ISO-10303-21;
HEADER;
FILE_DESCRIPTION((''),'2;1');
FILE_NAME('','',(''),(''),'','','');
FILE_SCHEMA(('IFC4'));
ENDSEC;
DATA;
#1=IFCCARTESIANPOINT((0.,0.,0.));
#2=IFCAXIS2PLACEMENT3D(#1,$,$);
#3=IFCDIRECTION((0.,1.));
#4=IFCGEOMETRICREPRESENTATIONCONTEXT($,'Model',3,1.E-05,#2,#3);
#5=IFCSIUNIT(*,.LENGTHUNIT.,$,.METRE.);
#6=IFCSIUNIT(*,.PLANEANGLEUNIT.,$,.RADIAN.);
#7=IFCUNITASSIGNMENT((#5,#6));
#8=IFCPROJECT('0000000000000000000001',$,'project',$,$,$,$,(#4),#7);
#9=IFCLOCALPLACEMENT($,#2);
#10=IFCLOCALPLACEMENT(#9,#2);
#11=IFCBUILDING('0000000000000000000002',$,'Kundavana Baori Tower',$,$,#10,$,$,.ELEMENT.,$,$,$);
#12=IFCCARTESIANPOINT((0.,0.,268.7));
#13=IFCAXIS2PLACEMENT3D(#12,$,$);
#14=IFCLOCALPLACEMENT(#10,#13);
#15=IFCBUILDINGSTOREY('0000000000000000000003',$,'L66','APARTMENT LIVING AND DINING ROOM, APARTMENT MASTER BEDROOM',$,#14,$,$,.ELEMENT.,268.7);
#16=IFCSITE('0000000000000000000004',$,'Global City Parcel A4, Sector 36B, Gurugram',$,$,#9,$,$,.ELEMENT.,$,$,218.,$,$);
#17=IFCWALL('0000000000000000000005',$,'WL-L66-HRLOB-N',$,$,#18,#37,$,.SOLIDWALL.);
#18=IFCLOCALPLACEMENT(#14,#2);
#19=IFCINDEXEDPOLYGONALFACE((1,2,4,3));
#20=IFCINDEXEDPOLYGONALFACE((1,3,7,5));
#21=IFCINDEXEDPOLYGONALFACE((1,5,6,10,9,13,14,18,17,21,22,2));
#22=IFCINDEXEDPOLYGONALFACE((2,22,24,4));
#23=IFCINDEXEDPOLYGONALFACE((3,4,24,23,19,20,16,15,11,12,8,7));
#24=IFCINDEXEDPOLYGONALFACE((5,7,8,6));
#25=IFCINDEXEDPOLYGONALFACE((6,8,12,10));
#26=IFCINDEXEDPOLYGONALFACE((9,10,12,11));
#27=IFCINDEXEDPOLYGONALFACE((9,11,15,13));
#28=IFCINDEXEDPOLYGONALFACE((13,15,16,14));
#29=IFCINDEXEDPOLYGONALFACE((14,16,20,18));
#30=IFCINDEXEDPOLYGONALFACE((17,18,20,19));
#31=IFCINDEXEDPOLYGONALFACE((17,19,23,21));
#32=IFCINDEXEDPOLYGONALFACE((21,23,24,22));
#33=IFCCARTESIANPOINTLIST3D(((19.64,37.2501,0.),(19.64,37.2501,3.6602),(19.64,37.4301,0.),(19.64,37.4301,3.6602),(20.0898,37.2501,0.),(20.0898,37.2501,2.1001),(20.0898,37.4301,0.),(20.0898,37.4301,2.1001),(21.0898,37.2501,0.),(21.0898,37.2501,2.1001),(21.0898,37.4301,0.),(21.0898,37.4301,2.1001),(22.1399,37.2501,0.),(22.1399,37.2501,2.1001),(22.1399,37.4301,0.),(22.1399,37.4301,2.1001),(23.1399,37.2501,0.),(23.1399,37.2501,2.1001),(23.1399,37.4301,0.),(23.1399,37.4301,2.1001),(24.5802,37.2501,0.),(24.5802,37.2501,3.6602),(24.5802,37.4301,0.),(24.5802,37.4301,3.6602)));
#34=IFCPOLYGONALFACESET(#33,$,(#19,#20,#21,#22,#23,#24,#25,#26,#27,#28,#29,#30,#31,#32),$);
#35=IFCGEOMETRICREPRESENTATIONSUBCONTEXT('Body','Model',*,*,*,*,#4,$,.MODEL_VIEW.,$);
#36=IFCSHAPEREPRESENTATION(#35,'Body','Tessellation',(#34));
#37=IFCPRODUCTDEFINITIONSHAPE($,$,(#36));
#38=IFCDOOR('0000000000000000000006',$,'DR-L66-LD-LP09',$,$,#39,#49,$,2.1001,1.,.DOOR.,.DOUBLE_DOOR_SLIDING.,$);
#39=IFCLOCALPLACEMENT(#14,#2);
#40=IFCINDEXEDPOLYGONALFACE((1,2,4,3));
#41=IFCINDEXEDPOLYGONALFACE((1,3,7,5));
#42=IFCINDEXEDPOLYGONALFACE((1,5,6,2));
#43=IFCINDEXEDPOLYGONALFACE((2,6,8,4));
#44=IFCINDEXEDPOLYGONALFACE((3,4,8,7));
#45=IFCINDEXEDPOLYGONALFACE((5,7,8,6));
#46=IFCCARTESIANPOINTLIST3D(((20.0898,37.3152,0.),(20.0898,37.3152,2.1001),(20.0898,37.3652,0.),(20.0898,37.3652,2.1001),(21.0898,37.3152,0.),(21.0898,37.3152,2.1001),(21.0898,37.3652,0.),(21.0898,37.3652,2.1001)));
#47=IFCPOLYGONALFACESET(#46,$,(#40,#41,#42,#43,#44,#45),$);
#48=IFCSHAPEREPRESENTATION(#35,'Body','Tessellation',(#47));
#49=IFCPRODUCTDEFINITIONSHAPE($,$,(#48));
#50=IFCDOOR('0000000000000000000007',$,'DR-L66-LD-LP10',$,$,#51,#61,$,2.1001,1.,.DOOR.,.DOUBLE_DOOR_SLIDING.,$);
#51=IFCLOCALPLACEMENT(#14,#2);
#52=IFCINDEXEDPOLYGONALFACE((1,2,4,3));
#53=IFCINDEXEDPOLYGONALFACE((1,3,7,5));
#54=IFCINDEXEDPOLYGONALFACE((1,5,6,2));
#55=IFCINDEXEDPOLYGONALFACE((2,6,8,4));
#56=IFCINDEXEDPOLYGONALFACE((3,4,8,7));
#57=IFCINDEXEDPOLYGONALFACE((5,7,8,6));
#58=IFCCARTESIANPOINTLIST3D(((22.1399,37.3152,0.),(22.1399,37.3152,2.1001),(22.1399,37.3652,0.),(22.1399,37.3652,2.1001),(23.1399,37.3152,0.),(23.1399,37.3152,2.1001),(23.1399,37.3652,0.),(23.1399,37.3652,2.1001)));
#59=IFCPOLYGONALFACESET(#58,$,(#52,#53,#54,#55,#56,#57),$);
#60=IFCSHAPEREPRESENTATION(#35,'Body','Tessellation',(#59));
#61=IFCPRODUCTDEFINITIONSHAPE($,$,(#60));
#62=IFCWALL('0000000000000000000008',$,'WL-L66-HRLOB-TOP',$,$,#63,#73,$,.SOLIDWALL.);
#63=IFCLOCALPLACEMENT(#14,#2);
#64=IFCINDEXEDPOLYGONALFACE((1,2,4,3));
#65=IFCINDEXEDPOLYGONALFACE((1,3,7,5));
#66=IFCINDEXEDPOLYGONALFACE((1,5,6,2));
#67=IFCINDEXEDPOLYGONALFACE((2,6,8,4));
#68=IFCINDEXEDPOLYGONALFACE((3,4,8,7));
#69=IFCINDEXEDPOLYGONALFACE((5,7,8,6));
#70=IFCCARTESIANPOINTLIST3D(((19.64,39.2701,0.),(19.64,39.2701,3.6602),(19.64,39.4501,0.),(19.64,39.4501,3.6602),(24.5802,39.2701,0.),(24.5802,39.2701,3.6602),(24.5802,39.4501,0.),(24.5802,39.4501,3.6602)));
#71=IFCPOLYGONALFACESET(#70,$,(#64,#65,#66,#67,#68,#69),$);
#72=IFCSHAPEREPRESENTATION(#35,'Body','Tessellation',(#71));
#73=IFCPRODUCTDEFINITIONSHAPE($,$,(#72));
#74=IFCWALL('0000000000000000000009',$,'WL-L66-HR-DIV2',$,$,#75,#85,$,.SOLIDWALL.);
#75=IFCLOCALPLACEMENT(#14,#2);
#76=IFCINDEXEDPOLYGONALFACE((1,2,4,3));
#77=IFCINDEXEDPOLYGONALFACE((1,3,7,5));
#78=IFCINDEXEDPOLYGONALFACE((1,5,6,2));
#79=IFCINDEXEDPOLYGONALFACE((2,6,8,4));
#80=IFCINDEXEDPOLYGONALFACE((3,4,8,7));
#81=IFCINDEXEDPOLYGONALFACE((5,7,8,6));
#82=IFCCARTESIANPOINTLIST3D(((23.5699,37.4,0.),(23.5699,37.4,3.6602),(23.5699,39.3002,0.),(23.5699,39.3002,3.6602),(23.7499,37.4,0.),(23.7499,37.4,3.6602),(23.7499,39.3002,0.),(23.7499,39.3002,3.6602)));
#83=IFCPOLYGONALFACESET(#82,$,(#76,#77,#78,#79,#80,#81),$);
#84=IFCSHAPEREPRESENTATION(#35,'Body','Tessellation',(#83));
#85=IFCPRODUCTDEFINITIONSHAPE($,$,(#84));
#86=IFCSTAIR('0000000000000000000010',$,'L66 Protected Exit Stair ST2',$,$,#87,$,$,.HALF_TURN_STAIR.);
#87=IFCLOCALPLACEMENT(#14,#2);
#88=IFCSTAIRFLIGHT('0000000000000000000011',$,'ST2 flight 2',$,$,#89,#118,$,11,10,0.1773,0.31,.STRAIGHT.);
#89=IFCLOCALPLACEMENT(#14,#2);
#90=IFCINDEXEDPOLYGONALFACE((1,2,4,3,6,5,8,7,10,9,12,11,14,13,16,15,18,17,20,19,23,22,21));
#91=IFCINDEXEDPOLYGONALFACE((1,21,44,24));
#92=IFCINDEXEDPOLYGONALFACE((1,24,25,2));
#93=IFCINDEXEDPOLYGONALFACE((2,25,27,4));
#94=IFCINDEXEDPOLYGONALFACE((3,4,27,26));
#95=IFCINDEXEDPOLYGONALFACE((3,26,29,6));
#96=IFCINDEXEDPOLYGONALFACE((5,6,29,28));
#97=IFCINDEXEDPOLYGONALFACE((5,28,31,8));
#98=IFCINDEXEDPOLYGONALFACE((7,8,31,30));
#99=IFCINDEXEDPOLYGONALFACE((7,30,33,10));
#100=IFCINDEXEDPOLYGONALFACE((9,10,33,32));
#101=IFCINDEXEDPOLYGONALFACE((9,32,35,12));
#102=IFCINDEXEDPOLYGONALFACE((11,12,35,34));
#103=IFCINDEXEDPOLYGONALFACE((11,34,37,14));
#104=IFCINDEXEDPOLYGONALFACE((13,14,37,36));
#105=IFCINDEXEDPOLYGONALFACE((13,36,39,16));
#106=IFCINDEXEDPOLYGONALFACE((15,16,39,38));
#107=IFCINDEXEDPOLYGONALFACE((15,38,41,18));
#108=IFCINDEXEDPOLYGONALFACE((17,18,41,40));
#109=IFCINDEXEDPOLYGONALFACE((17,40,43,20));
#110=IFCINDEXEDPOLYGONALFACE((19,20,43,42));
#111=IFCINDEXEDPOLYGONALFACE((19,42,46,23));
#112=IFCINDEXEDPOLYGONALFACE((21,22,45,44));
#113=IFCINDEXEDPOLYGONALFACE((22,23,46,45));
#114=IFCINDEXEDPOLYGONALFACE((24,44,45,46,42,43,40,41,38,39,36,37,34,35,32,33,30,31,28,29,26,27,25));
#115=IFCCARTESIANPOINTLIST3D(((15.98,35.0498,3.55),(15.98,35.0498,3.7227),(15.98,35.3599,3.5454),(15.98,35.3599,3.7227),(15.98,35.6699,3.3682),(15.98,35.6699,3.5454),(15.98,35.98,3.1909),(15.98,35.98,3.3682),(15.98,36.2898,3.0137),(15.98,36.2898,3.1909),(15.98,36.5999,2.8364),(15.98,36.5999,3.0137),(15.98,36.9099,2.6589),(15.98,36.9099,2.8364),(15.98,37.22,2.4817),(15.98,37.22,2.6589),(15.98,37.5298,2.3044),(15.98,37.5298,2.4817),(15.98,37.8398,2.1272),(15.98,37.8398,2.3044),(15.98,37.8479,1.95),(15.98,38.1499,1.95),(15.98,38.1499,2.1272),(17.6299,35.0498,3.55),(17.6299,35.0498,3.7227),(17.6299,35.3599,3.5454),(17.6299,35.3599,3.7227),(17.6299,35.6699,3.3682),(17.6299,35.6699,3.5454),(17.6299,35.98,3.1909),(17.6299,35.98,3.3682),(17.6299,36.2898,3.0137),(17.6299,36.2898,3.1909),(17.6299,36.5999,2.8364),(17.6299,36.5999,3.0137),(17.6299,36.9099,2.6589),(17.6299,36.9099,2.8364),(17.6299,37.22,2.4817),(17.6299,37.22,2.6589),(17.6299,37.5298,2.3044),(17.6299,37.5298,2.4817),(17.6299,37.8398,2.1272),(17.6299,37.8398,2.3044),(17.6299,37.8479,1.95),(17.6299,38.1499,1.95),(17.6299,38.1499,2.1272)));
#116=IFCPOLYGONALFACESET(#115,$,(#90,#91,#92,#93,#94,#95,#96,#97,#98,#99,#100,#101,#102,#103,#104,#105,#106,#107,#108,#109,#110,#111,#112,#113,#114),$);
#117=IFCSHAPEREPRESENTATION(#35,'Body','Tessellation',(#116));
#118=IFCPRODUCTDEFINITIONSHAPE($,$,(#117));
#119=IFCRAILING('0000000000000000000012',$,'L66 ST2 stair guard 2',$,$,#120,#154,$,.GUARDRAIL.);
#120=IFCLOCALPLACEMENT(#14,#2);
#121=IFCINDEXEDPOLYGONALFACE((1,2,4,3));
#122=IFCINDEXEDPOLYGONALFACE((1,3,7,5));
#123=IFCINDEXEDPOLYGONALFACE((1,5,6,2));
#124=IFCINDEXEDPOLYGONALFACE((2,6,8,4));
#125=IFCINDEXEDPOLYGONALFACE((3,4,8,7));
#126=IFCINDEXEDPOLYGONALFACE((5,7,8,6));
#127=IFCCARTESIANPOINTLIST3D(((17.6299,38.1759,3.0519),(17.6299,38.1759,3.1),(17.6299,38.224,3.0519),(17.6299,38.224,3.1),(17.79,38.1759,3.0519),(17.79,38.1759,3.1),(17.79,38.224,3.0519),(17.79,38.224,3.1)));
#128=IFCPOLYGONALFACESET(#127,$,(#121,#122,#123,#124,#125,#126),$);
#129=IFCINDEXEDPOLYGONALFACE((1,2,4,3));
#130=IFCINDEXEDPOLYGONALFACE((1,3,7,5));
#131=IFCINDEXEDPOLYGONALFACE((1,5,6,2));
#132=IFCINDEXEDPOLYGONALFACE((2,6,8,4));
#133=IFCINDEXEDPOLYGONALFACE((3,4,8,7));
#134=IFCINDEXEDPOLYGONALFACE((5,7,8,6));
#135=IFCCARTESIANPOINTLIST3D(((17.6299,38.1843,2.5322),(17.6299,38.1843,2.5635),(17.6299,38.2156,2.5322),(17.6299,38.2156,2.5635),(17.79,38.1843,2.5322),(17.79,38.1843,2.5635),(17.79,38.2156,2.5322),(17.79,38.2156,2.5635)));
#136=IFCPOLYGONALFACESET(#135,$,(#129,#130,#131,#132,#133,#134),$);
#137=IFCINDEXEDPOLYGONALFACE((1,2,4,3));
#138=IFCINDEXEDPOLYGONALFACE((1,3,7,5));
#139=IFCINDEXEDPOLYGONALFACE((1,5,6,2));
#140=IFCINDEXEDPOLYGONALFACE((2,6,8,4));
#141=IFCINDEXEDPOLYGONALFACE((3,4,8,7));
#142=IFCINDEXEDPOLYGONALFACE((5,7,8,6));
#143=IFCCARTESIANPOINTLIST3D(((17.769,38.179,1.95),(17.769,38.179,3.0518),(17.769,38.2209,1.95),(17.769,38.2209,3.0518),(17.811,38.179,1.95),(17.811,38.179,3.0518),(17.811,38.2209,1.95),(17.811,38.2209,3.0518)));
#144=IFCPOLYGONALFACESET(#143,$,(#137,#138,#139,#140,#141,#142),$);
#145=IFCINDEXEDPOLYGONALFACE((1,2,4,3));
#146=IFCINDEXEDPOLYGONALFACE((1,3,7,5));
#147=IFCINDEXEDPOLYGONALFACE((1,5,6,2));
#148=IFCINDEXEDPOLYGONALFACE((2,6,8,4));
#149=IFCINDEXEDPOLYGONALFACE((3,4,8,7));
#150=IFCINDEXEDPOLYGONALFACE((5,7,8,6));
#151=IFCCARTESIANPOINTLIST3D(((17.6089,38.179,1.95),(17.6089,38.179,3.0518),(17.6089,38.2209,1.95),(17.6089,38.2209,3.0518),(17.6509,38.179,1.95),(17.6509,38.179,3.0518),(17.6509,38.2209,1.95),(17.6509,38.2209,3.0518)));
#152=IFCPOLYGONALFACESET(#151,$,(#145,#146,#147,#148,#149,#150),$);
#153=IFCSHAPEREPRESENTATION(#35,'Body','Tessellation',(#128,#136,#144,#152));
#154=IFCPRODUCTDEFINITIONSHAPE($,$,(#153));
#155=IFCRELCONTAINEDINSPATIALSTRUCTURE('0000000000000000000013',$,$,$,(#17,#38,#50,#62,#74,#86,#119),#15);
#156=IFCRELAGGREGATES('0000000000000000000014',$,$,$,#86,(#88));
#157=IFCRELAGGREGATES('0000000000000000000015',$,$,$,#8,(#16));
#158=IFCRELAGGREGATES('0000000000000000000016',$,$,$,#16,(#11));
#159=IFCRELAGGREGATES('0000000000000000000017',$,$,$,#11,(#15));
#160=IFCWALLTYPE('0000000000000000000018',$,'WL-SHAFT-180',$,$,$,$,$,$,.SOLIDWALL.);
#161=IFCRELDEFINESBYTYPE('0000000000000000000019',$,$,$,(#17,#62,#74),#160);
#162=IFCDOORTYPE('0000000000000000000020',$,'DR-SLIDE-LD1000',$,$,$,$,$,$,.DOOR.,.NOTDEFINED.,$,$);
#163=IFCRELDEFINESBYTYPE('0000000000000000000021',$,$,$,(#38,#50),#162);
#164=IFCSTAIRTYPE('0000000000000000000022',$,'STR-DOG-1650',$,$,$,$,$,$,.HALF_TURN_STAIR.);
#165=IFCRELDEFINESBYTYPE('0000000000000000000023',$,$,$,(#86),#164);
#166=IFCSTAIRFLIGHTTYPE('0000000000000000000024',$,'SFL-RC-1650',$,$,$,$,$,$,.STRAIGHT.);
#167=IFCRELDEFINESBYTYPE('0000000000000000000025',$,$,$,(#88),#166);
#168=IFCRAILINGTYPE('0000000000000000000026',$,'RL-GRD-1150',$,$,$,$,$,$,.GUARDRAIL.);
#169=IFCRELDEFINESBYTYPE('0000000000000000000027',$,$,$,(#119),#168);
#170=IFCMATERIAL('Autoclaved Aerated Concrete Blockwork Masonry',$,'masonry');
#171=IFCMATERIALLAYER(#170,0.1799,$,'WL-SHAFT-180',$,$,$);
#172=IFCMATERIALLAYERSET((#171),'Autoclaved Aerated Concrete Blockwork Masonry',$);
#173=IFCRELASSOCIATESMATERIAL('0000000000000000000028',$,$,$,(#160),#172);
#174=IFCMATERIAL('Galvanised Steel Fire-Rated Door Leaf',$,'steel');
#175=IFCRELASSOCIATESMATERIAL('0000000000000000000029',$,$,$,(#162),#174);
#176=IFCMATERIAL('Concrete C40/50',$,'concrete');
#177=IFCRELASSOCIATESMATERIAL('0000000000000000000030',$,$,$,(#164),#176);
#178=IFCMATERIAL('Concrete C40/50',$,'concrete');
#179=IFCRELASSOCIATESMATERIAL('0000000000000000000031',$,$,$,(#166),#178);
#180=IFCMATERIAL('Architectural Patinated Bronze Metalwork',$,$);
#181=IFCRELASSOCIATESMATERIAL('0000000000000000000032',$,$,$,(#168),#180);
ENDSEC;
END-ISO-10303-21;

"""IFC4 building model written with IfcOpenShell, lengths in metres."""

from ifc_helpers import new_model, si_unit, direction, frame, frame_2d, origin, origin_2d, place, context, subcontext, project, spatial, polyline, rectangle, outline, extrude, material, layer, layer_set, type_object, element, fill, aggregate, save


model = new_model("IFC4")

# Units and contexts
model_context = context("Model", 3, precision=1e-05, world=origin(), true_north=direction((0.0, 1.0)))
body_context = subcontext(model_context, "Body", "Model", "MODEL_VIEW")
ifc_project = project(units=[si_unit("LENGTHUNIT", "METRE"), si_unit("PLANEANGLEUNIT", "RADIAN")], contexts=[model_context])

# Site, building, storey
site_placement = place(None, origin())
site = spatial("IfcSite", under=ifc_project, at=site_placement, Name="Global City Parcel A4, Sector 36B, Gurugram", CompositionType="ELEMENT", RefElevation=218.0)
building_placement = place(site_placement, origin())
building = spatial("IfcBuilding", under=site, at=building_placement, Name="Kundavana Baori Tower", CompositionType="ELEMENT")
storey_placement = place(building_placement, frame((0.0, 0.0, 268.7)))
storey = spatial("IfcBuildingStorey", under=building, at=storey_placement, Name="L66", Description="APARTMENT LIVING AND DINING ROOM, APARTMENT MASTER BEDROOM", CompositionType="ELEMENT", Elevation=268.7)

# Shared definitions
ifc_material_1 = material(Name="Autoclaved Aerated Concrete Blockwork Masonry", Category="masonry")
ifc_layer_1 = layer(ifc_material_1, 0.1799, Name="WL-SHAFT-180")
ifc_layer_set_1 = layer_set([ifc_layer_1], Name="Autoclaved Aerated Concrete Blockwork Masonry")
wall_type_1 = type_object("IfcWallType", Name="WL-SHAFT-180", PredefinedType="SOLIDWALL", material=ifc_layer_set_1)
ifc_material_2 = material(Name="Galvanised Steel Fire-Rated Door Leaf", Category="steel")
door_type = type_object("IfcDoorType", Name="DR-SLIDE-LD1000", OperationType="NOTDEFINED", PredefinedType="DOOR", material=ifc_material_2)

# Wall, openings, doors
wall_1_placement = place(storey_placement, frame((19.6399, 37.3401, 0.0), z_axis=(0.0, 0.0, 1.0), x_axis=(1.0, 0.0, 0.0)))
wall_1 = element("IfcWall", 1, at=wall_1_placement, inside=storey, type_object=wall_type_1, Name="WL-L66-HRLOB-N", PredefinedType="SOLIDWALL", context=body_context, shape_type="SweptSolid", body=[
    extrude(rectangle(XDim=4.9402, YDim=0.1799, at=frame_2d((2.4702, 0.0))), origin(), (0.0, 0.0, 1.0), 3.6602),
])
opening_1_placement = place(wall_1_placement, frame((0.45, 0.0, 0.0)))
opening_1 = element("IfcOpeningElement", 2, at=opening_1_placement, cuts=wall_1, PredefinedType="OPENING", context=body_context, shape_type="SweptSolid", body=[
    extrude(rectangle(XDim=1.0, YDim=2.1001, at=frame_2d((0.5, 1.05))), frame((0.0, 0.1001, 0.0), z_axis=(0.0, -1.0, 0.0), x_axis=(1.0, 0.0, 0.0)), (0.0, 0.0, 1.0), 0.2),
])
opening_2_placement = place(wall_1_placement, frame((2.5, 0.0, 0.0)))
opening_2 = element("IfcOpeningElement", 3, at=opening_2_placement, cuts=wall_1, PredefinedType="OPENING", context=body_context, shape_type="SweptSolid", body=[
    extrude(rectangle(XDim=1.0, YDim=2.1001, at=frame_2d((0.5, 1.05))), frame((0.0, 0.1001, 0.0), z_axis=(0.0, -1.0, 0.0), x_axis=(1.0, 0.0, 0.0)), (0.0, 0.0, 1.0), 0.2),
])
door_1_placement = place(opening_1_placement, frame((1.0, 0.0, 0.0), z_axis=(0.0, 0.0, 1.0), x_axis=(-1.0, 0.0, 0.0)))
door_1 = element("IfcDoor", 4, at=door_1_placement, inside=storey, type_object=door_type, Name="DR-L66-LD-LP09", OperationType="DOUBLE_DOOR_SLIDING", OverallHeight=2.1001, OverallWidth=1.0, PredefinedType="DOOR", context=body_context, shape_type="SweptSolid", body=[
    extrude(rectangle(XDim=1.0, YDim=2.1001, at=frame_2d((0.5, 1.05))), frame((0.0, 0.0249, 0.0), z_axis=(0.0, -1.0, 0.0), x_axis=(1.0, 0.0, 0.0)), (0.0, 0.0, 1.0), 0.05),
])
fill(opening_1, door_1)
door_2_placement = place(opening_2_placement, frame((1.0, 0.0, 0.0), z_axis=(0.0, 0.0, 1.0), x_axis=(-1.0, 0.0, 0.0)))
door_2 = element("IfcDoor", 5, at=door_2_placement, inside=storey, type_object=door_type, Name="DR-L66-LD-LP10", OperationType="DOUBLE_DOOR_SLIDING", OverallHeight=2.1001, OverallWidth=1.0, PredefinedType="DOOR", context=body_context, shape_type="SweptSolid", body=[
    extrude(rectangle(XDim=1.0, YDim=2.1001, at=frame_2d((0.5, 1.05))), frame((0.0, 0.0249, 0.0), z_axis=(0.0, -1.0, 0.0), x_axis=(1.0, 0.0, 0.0)), (0.0, 0.0, 1.0), 0.05),
])
fill(opening_2, door_2)

# Walls
wall_2_placement = place(storey_placement, frame((19.6399, 39.3601, 0.0), z_axis=(0.0, 0.0, 1.0), x_axis=(1.0, 0.0, 0.0)))
element("IfcWall", 6, at=wall_2_placement, inside=storey, type_object=wall_type_1, Name="WL-L66-HRLOB-TOP", PredefinedType="SOLIDWALL", context=body_context, shape_type="SweptSolid", body=[
    extrude(rectangle(XDim=4.9402, YDim=0.1799, at=frame_2d((2.4702, 0.0))), origin(), (0.0, 0.0, 1.0), 3.6602),
])
wall_3_placement = place(storey_placement, frame((23.6599, 37.3999, 0.0), z_axis=(0.0, 0.0, 1.0), x_axis=(0.0, 1.0, 0.0)))
element("IfcWall", 7, at=wall_3_placement, inside=storey, type_object=wall_type_1, Name="WL-L66-HR-DIV2", PredefinedType="SOLIDWALL", context=body_context, shape_type="SweptSolid", body=[
    extrude(rectangle(XDim=1.9001, YDim=0.1799, at=frame_2d((0.9502, 0.0))), origin(), (0.0, 0.0, 1.0), 3.6602),
])

# Stair, stair flight
ifc_material_3 = material(Name="Concrete C40/50", Category="concrete")
stair_type = type_object("IfcStairType", Name="STR-DOG-1650", PredefinedType="HALF_TURN_STAIR", material=ifc_material_3)
stair_placement = place(storey_placement, origin())
stair = element("IfcStair", 8, at=stair_placement, inside=storey, type_object=stair_type, Name="L66 Protected Exit Stair ST2", PredefinedType="HALF_TURN_STAIR")
ifc_material_4 = material(Name="Concrete C40/50", Category="concrete")
stair_flight_type = type_object("IfcStairFlightType", Name="SFL-RC-1650", PredefinedType="STRAIGHT", material=ifc_material_4)
stair_flight_placement = place(storey_placement, frame((16.8049, 38.1499, 1.95), z_axis=(0.0, 0.0, 1.0), x_axis=(0.0, -1.0, 0.0)))
stair_flight = element("IfcStairFlight", 9, at=stair_flight_placement, type_object=stair_flight_type, Name="ST2 flight 2", NumberOfRisers=11, NumberOfTreads=10, PredefinedType="STRAIGHT", RiserHeight=0.1773, TreadLength=0.31, context=body_context, shape_type="SweptSolid", body=[
    extrude(outline(polyline([(0.0, 0.0), (0.0, 0.1772), (0.3101, 0.1772), (0.3101, 0.3545), (0.6201, 0.3545), (0.6201, 0.5317), (0.9299, 0.5317), (0.9299, 0.709), (1.24, 0.709), (1.24, 0.8865), (1.55, 0.8865), (1.55, 1.0637), (1.8601, 1.0637), (1.8601, 1.241), (2.1699, 1.241), (2.1699, 1.4182), (2.48, 1.4182), (2.48, 1.5955), (2.79, 1.5955), (2.79, 1.7727), (3.1001, 1.7727), (3.1001, 1.95), (3.1001, 1.6001), (0.302, 0.0), (0.0, 0.0)])), frame((0.0, 0.825, 0.0), z_axis=(0.0, -1.0, 0.0), x_axis=(1.0, 0.0, 0.0)), (0.0, 0.0, 1.0), 1.6499),
])
aggregate(stair, [stair_flight])

# Railing
ifc_material_5 = material(Name="Architectural Patinated Bronze Metalwork")
railing_type_1 = type_object("IfcRailingType", Name="RL-GRD-1150", PredefinedType="GUARDRAIL", material=ifc_material_5)
railing_1_placement = place(storey_placement, frame((17.79, 38.2, 1.95)))
element("IfcRailing", 10, at=railing_1_placement, inside=storey, type_object=railing_type_1, Name="L66 ST2 stair guard 2", PredefinedType="GUARDRAIL", context=body_context, shape_type="SweptSolid", body=[
    extrude(rectangle(XDim=0.0481, YDim=0.0481, at=origin_2d()), frame((0.0, 0.0, 1.126), z_axis=(-1.0, 0.0, 0.0), x_axis=(0.0, -1.0, 0.0)), (0.0, 0.0, 1.0), 0.1602),
    extrude(rectangle(XDim=0.0312, YDim=0.0312, at=origin_2d()), frame((0.0, 0.0, 0.5979), z_axis=(-1.0, 0.0, 0.0), x_axis=(0.0, -1.0, 0.0)), (0.0, 0.0, 1.0), 0.1602),
    extrude(rectangle(XDim=0.042, YDim=0.042, at=origin_2d()), origin(), (0.0, 0.0, 1.0), 1.1018),
    extrude(rectangle(XDim=0.042, YDim=0.042, at=origin_2d()), frame((-0.1602, 0.0, 0.0)), (0.0, 0.0, 1.0), 1.1018),
])

save(model, "model.ifc")
